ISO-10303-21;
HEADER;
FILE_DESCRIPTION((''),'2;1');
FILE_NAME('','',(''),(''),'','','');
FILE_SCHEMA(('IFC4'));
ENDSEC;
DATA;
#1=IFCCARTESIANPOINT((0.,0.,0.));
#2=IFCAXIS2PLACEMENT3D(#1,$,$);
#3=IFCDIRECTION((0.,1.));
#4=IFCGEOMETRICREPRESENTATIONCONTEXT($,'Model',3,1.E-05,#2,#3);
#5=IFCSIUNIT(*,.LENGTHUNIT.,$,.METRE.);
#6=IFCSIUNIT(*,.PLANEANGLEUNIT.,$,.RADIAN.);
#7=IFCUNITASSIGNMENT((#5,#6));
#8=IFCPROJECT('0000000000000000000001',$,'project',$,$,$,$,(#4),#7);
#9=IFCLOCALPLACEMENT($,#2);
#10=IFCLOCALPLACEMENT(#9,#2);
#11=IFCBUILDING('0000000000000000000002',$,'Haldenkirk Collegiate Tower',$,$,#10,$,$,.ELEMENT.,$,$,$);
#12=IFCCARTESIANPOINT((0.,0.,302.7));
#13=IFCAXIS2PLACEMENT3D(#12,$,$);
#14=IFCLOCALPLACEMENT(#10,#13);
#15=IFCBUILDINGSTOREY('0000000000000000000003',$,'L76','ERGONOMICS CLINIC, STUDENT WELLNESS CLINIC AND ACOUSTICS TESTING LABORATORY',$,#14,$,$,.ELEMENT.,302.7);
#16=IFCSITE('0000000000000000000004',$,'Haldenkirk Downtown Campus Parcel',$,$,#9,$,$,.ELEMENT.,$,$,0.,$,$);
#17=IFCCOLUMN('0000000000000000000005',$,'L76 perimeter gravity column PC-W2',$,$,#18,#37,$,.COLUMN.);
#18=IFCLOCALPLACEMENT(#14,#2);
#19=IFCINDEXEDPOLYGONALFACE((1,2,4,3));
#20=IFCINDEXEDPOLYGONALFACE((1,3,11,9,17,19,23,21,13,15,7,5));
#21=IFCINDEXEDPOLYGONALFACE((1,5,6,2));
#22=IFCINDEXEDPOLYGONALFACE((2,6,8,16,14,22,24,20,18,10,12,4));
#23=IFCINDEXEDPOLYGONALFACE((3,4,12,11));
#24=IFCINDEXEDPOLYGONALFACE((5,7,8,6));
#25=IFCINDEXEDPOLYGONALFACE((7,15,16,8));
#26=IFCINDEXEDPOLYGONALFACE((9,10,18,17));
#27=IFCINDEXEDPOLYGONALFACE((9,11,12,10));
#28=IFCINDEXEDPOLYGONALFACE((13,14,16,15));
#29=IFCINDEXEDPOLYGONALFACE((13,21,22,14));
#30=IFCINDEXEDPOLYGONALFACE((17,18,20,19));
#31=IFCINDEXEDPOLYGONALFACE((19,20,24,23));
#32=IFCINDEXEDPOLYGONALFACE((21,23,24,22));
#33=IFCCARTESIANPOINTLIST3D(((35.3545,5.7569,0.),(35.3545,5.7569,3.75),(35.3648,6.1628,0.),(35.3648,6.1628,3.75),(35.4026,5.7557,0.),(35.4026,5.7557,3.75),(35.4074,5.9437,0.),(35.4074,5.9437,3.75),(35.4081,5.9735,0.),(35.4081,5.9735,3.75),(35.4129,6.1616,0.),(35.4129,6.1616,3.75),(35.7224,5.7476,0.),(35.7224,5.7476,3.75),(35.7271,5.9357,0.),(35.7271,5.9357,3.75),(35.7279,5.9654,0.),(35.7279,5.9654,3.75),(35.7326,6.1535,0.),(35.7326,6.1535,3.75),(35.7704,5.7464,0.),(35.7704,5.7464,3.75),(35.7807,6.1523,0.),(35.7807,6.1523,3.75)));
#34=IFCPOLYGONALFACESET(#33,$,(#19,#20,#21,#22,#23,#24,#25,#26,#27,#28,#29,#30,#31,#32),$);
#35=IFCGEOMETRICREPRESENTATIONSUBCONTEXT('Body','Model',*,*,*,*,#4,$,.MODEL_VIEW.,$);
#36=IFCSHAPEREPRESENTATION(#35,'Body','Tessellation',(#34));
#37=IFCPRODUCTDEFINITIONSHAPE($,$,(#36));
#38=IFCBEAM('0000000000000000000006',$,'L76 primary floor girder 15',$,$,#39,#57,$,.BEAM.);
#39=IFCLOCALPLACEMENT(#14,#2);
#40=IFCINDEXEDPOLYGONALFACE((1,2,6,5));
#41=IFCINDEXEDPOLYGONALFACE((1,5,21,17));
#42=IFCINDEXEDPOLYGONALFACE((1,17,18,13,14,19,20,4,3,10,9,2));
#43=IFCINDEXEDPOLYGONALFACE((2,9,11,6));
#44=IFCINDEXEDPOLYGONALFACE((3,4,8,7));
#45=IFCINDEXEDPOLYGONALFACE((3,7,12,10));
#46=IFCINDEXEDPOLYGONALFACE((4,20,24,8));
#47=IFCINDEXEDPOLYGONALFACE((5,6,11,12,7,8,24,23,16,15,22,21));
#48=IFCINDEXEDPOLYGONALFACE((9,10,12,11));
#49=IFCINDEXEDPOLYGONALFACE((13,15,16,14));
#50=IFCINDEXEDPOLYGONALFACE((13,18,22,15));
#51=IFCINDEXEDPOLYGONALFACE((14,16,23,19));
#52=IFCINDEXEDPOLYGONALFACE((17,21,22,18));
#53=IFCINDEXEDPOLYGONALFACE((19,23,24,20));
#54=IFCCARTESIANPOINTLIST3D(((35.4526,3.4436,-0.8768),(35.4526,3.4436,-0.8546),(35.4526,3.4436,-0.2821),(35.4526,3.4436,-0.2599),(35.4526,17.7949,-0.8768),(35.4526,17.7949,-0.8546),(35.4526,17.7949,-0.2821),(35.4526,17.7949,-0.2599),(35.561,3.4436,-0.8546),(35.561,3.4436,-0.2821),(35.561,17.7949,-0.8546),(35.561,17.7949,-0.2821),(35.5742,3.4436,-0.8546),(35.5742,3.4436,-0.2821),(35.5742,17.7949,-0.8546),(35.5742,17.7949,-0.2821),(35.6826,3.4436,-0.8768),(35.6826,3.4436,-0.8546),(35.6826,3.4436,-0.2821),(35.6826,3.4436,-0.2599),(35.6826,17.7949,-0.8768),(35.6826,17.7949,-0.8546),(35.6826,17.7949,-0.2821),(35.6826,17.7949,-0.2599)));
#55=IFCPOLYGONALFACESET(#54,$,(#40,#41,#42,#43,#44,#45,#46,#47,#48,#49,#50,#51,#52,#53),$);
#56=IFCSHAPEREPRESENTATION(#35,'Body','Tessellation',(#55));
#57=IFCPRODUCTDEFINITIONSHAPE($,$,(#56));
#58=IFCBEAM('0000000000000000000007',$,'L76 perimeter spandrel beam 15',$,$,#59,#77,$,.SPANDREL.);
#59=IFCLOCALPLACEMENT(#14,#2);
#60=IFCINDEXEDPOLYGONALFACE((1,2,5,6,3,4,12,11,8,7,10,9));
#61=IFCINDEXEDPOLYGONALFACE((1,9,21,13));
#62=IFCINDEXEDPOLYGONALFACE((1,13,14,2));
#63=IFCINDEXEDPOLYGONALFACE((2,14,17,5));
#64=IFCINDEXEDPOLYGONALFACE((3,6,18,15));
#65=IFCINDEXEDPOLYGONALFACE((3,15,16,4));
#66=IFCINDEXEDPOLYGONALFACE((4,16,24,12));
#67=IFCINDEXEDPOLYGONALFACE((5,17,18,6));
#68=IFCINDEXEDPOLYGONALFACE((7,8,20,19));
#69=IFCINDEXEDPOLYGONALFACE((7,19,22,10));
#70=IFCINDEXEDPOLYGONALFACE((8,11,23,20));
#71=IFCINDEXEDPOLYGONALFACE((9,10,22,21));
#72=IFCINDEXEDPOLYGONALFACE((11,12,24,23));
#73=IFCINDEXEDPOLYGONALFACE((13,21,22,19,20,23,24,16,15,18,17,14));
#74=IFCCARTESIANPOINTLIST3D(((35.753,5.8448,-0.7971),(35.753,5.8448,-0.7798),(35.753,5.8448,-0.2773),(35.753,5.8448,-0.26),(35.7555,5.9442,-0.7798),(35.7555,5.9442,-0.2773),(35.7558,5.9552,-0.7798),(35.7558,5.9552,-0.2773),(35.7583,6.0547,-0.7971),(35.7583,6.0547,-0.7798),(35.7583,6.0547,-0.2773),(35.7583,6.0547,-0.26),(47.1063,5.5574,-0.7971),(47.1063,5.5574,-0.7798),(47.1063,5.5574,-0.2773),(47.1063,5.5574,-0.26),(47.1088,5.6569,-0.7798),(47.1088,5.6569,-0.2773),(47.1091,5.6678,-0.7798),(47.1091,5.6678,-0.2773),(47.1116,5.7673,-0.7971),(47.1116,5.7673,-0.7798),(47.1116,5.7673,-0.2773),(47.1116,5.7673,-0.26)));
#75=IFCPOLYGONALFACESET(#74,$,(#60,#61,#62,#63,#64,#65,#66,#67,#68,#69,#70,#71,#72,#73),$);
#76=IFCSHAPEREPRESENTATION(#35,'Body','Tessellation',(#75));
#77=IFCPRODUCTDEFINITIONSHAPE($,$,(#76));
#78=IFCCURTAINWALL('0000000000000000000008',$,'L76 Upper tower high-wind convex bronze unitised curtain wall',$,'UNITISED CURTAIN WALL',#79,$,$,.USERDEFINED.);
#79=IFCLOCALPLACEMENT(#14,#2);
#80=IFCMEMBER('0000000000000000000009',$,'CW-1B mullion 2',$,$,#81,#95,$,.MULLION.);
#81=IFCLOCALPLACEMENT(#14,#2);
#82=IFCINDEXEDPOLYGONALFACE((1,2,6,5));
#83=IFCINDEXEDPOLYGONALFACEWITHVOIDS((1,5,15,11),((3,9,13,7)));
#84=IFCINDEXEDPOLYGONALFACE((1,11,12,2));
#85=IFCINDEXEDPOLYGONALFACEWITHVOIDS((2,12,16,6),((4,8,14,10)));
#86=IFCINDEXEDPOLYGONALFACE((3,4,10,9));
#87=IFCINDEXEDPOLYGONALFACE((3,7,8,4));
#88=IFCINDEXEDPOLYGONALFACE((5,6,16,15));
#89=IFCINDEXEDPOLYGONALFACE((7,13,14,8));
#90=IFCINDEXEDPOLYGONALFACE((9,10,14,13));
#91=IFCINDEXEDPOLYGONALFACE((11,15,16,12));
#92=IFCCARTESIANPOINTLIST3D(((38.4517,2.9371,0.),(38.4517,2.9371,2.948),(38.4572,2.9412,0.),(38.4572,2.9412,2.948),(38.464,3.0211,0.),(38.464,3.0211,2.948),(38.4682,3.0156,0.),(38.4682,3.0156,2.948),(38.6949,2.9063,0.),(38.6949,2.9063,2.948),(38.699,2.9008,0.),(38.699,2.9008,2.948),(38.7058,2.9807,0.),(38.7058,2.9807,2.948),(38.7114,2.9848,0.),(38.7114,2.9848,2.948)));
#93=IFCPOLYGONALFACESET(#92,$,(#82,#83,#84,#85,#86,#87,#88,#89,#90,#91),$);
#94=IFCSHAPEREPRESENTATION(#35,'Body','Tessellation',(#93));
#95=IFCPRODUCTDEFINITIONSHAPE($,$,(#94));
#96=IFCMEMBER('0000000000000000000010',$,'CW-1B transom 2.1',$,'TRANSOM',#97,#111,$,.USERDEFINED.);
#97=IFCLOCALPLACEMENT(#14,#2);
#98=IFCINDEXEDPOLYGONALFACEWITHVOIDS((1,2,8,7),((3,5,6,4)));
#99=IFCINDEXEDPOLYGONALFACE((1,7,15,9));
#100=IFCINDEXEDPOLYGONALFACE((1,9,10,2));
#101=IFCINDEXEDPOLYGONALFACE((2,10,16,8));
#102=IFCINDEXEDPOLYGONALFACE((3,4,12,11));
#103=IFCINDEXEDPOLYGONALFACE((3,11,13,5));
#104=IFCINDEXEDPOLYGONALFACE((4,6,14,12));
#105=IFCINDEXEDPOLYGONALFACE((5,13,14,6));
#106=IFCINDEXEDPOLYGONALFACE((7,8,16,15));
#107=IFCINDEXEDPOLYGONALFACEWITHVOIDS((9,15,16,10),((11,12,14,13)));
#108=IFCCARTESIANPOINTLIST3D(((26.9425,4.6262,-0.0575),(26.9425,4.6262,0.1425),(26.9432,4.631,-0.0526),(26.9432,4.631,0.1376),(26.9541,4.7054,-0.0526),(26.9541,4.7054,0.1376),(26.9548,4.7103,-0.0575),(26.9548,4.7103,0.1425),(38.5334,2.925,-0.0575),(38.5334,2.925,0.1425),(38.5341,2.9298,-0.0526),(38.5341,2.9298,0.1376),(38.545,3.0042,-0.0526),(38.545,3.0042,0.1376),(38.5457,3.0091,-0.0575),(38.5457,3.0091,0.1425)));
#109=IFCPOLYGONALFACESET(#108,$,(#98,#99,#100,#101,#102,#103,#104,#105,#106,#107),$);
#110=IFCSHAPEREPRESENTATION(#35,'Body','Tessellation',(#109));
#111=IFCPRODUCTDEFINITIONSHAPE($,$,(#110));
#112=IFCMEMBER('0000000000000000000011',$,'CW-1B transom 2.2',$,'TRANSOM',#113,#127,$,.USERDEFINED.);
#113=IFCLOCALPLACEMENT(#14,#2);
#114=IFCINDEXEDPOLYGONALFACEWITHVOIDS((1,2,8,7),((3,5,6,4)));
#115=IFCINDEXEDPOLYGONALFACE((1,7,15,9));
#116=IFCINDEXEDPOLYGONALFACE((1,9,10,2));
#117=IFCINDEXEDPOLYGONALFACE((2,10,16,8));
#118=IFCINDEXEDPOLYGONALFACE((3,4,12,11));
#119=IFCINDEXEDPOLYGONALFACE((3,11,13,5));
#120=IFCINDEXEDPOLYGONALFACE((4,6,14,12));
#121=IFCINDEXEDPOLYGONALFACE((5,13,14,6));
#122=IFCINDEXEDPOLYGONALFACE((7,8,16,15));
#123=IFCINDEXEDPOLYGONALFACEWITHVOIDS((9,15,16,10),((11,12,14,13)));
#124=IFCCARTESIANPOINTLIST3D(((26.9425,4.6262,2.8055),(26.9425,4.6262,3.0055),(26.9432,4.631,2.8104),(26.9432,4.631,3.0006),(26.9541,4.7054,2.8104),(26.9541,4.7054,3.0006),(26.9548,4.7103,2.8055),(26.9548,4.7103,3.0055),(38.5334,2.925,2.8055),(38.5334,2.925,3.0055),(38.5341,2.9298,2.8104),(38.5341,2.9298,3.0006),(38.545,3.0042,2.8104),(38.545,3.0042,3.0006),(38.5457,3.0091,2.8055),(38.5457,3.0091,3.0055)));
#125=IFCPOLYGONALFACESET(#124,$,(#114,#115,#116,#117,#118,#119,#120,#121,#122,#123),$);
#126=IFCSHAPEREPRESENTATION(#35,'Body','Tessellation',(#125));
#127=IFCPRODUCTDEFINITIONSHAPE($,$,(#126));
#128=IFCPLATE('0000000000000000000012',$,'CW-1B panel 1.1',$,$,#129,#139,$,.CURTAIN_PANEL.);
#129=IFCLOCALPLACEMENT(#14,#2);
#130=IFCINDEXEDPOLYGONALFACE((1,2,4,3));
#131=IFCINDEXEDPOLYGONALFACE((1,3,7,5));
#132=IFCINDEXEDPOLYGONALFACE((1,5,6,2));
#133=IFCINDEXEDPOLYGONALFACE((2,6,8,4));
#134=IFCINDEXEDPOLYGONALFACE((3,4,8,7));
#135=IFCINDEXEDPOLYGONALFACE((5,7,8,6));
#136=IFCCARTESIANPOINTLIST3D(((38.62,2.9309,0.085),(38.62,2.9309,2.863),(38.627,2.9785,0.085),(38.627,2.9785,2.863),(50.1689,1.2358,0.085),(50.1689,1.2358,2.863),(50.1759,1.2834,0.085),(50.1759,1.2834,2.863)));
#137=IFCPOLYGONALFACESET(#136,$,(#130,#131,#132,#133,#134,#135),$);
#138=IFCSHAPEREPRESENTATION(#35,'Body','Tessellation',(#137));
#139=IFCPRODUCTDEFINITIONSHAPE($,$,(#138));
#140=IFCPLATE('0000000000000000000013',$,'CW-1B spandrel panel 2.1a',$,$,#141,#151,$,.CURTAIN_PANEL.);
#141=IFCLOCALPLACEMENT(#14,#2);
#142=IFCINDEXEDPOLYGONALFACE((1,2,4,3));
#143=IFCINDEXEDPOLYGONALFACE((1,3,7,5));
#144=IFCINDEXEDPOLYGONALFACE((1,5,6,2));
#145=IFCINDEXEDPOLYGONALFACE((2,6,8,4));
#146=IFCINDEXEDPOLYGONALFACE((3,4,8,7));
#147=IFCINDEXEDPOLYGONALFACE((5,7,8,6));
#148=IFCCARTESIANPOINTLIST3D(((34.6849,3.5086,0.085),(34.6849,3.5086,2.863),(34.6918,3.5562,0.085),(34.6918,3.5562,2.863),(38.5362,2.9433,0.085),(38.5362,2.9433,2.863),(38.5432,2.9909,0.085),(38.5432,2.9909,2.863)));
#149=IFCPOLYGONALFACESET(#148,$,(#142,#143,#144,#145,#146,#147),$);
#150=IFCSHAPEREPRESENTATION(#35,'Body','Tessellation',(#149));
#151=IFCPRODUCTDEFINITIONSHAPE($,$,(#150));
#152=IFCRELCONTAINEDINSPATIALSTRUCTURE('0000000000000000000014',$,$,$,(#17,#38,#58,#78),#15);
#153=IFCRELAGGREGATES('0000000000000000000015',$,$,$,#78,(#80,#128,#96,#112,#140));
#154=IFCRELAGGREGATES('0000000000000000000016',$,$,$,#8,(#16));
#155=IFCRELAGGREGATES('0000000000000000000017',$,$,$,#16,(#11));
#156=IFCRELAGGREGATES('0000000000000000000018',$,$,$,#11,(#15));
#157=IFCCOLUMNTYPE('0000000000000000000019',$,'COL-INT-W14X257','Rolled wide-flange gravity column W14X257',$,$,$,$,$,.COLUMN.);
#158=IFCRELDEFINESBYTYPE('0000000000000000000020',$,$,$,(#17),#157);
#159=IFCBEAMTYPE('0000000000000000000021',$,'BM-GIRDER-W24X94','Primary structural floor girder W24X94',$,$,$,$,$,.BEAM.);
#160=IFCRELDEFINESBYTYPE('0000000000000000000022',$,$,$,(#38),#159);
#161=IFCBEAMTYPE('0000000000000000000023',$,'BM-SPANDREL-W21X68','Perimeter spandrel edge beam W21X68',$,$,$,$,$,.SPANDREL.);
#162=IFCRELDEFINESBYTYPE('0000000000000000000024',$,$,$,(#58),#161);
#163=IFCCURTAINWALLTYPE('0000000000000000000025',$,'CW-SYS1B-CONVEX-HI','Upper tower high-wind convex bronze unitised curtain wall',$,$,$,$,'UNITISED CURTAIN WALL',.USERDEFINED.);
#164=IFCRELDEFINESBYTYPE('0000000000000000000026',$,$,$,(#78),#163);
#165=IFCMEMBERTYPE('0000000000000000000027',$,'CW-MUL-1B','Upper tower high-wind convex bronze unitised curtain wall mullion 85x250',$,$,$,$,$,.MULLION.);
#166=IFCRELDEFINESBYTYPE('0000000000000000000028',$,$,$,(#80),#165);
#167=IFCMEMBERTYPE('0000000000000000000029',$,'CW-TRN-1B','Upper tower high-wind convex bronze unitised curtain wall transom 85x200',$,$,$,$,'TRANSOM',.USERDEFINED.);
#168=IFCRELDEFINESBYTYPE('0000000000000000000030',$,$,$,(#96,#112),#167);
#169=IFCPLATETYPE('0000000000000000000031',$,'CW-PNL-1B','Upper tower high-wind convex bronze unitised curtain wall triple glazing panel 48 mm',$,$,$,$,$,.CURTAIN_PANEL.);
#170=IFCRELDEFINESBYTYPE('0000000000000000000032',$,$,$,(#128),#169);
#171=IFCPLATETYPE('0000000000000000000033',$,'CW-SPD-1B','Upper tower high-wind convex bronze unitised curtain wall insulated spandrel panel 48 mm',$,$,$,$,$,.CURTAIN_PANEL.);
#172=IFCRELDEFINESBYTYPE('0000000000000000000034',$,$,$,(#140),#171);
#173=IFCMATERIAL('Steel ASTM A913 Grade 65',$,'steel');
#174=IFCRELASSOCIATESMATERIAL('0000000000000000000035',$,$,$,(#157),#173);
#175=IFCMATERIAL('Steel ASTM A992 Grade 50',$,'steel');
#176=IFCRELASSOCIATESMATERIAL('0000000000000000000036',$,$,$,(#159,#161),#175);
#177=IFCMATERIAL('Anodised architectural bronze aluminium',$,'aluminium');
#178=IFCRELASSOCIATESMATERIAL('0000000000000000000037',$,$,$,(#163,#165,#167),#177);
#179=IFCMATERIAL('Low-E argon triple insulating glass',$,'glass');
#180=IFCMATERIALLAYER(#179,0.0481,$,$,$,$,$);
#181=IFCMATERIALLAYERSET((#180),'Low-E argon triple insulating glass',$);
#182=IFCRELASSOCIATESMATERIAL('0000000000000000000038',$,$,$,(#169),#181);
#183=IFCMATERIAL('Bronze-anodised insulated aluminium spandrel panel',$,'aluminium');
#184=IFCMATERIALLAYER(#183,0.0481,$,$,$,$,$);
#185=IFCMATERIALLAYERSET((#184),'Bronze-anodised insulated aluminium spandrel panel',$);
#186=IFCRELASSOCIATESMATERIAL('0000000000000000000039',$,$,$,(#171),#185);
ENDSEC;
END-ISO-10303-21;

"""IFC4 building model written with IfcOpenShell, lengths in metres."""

from ifc_helpers import new_model, si_unit, direction, frame, origin, origin_2d, place, context, subcontext, project, spatial, rectangle, hollow_rectangle, i_section, extrude, source, transform, mapped, material, layer, layer_set, material_profile, profile_set, type_object, element, aggregate, save


model = new_model("IFC4")

# Units and contexts
model_context = context("Model", 3, precision=1e-05, world=origin(), true_north=direction((0.0, 1.0)))
body_context = subcontext(model_context, "Body", "Model", "MODEL_VIEW")
ifc_project = project(units=[si_unit("LENGTHUNIT", "METRE"), si_unit("PLANEANGLEUNIT", "RADIAN")], contexts=[model_context])

# Site, building, storey
site_placement = place(None, origin())
site = spatial("IfcSite", under=ifc_project, at=site_placement, Name="Haldenkirk Downtown Campus Parcel", CompositionType="ELEMENT", RefElevation=0.0)
building_placement = place(site_placement, origin())
building = spatial("IfcBuilding", under=site, at=building_placement, Name="Haldenkirk Collegiate Tower", CompositionType="ELEMENT")
storey_placement = place(building_placement, frame((0.0, 0.0, 302.7)))
storey = spatial("IfcBuildingStorey", under=building, at=storey_placement, Name="L76", Description="ERGONOMICS CLINIC, STUDENT WELLNESS CLINIC AND ACOUSTICS TESTING LABORATORY", CompositionType="ELEMENT", Elevation=302.7)

# Column
ifc_material_1 = material(Name="Steel ASTM A913 Grade 65", Category="steel")
ifc_material_profile_1 = material_profile(ifc_material_1, i_section(OverallWidth=0.406, OverallDepth=0.416, WebThickness=0.0298, FlangeThickness=0.0481, at=origin_2d()), Name="W14X257")
ifc_profile_set_1 = profile_set([ifc_material_profile_1], Name="Steel ASTM A913 Grade 65")
column_type = type_object("IfcColumnType", Name="COL-INT-W14X257", Description="Rolled wide-flange gravity column W14X257", PredefinedType="COLUMN", material=ifc_profile_set_1)
column_placement = place(storey_placement, frame((35.5676, 5.9546, 0.0), z_axis=(0.0, 0.0, 1.0), x_axis=(0.025305, 0.99968, 0.0)))
element("IfcColumn", 1, at=column_placement, inside=storey, type_object=column_type, Name="L76 perimeter gravity column PC-W2", PredefinedType="COLUMN", context=body_context, shape_type="SweptSolid", body=[
    extrude(i_section(OverallWidth=0.406, OverallDepth=0.416, WebThickness=0.0298, FlangeThickness=0.0481, at=origin_2d()), origin(), (0.0, 0.0, 1.0), 3.75),
])

# Beams
ifc_material_2 = material(Name="Steel ASTM A992 Grade 50", Category="steel")
ifc_material_profile_2 = material_profile(ifc_material_2, i_section(OverallWidth=0.23, OverallDepth=0.6169, WebThickness=0.0132, FlangeThickness=0.0222, at=origin_2d()), Name="W24X94")
ifc_profile_set_2 = profile_set([ifc_material_profile_2], Name="Steel ASTM A992 Grade 50")
beam_type_1 = type_object("IfcBeamType", Name="BM-GIRDER-W24X94", Description="Primary structural floor girder W24X94", PredefinedType="BEAM", material=ifc_profile_set_2)
beam_1_placement = place(storey_placement, frame((35.5676, 3.4436, -0.5684), z_axis=(0.0, 1.0, 0.0), x_axis=(-1.0, 0.0, 0.0)))
element("IfcBeam", 2, at=beam_1_placement, inside=storey, type_object=beam_type_1, Name="L76 primary floor girder 15", PredefinedType="BEAM", context=body_context, shape_type="SweptSolid", body=[
    extrude(i_section(OverallWidth=0.23, OverallDepth=0.6169, WebThickness=0.0132, FlangeThickness=0.0222, at=origin_2d()), origin(), (0.0, 0.0, 1.0), 14.3513),
])
ifc_material_profile_3 = material_profile(ifc_material_2, i_section(OverallWidth=0.21, OverallDepth=0.5371, WebThickness=0.011, FlangeThickness=0.0173, at=origin_2d()), Name="W21X68")
ifc_profile_set_3 = profile_set([ifc_material_profile_3], Name="Steel ASTM A992 Grade 50")
beam_type_2 = type_object("IfcBeamType", Name="BM-SPANDREL-W21X68", Description="Perimeter spandrel edge beam W21X68", PredefinedType="SPANDREL", material=ifc_profile_set_3)
beam_2_placement = place(storey_placement, frame((35.7556, 5.9497, -0.5286), z_axis=(0.99968, -0.025302, 0.0), x_axis=(0.025302, 0.99968, 0.0)))
element("IfcBeam", 3, at=beam_2_placement, inside=storey, type_object=beam_type_2, Name="L76 perimeter spandrel beam 15", PredefinedType="SPANDREL", context=body_context, shape_type="SweptSolid", body=[
    extrude(i_section(OverallWidth=0.21, OverallDepth=0.5371, WebThickness=0.011, FlangeThickness=0.0173, at=origin_2d()), origin(), (0.0, 0.0, 1.0), 11.3569),
])

# Curtain wall, members, plates
ifc_material_3 = material(Name="Anodised architectural bronze aluminium", Category="aluminium")
curtain_wall_type = type_object("IfcCurtainWallType", Name="CW-SYS1B-CONVEX-HI", Description="Upper tower high-wind convex bronze unitised curtain wall", ElementType="UNITISED CURTAIN WALL", PredefinedType="USERDEFINED", material=ifc_material_3)
curtain_wall_placement = place(storey_placement, origin())
curtain_wall = element("IfcCurtainWall", 4, at=curtain_wall_placement, inside=storey, type_object=curtain_wall_type, Name="L76 Upper tower high-wind convex bronze unitised curtain wall", ObjectType="UNITISED CURTAIN WALL", PredefinedType="USERDEFINED")
ifc_material_profile_4 = material_profile(ifc_material_3, hollow_rectangle(XDim=0.085, YDim=0.25, WallThickness=0.0049, at=origin_2d()), Name="CW-MUL-1B")
ifc_profile_set_4 = profile_set([ifc_material_profile_4], Name="Anodised architectural bronze aluminium")
member_type_1 = type_object("IfcMemberType", Name="CW-MUL-1B", Description="Upper tower high-wind convex bronze unitised curtain wall mullion 85x250", PredefinedType="MULLION", material=ifc_profile_set_4)
member_1_placement = place(storey_placement, frame((38.5815, 2.9609, 0.0), z_axis=(0.0, 0.0, 1.0), x_axis=(-0.14522, -0.989399, 0.0)))
member_1 = element("IfcMember", 5, at=member_1_placement, type_object=member_type_1, Name="CW-1B mullion 2", PredefinedType="MULLION", context=body_context, shape_type="SweptSolid", body=[
    extrude(hollow_rectangle(XDim=0.085, YDim=0.25, WallThickness=0.0049, at=origin_2d()), origin(), (0.0, 0.0, 1.0), 2.948),
])
ifc_material_profile_5 = material_profile(ifc_material_3, hollow_rectangle(XDim=0.085, YDim=0.2, WallThickness=0.0049, at=origin_2d()), Name="CW-TRN-1B")
ifc_profile_set_5 = profile_set([ifc_material_profile_5], Name="Anodised architectural bronze aluminium")
member_type_2 = type_object("IfcMemberType", Name="CW-TRN-1B", Description="Upper tower high-wind convex bronze unitised curtain wall transom 85x200", ElementType="TRANSOM", PredefinedType="USERDEFINED", material=ifc_profile_set_5)
member_2_placement = place(storey_placement, frame((38.5396, 2.967, 0.0425), z_axis=(-0.9894, 0.145213, 0.0), x_axis=(-0.145213, -0.9894, 0.0)))
member_2 = element("IfcMember", 6, at=member_2_placement, type_object=member_type_2, Name="CW-1B transom 2.1", ObjectType="TRANSOM", PredefinedType="USERDEFINED", context=body_context, shape_type="SweptSolid", body=[
    extrude(hollow_rectangle(XDim=0.085, YDim=0.2, WallThickness=0.0049, at=origin_2d()), origin(), (0.0, 0.0, 1.0), 11.7151),
])
member_3_placement = place(storey_placement, frame((38.5396, 2.967, 2.9055), z_axis=(-0.9894, 0.145213, 0.0), x_axis=(-0.145213, -0.9894, 0.0)))
member_3 = element("IfcMember", 7, at=member_3_placement, type_object=member_type_2, Name="CW-1B transom 2.2", ObjectType="TRANSOM", PredefinedType="USERDEFINED", context=body_context, shape_type="SweptSolid", body=[
    extrude(hollow_rectangle(XDim=0.085, YDim=0.2, WallThickness=0.0049, at=origin_2d()), origin(), (0.0, 0.0, 1.0), 11.7151),
])
ifc_material_4 = material(Name="Low-E argon triple insulating glass", Category="glass")
ifc_layer_1 = layer(ifc_material_4, 0.0481)
ifc_layer_set_1 = layer_set([ifc_layer_1], Name="Low-E argon triple insulating glass")
plate_type_1 = type_object("IfcPlateType", Name="CW-PNL-1B", Description="Upper tower high-wind convex bronze unitised curtain wall triple glazing panel 48 mm", PredefinedType="CURTAIN_PANEL", material=ifc_layer_set_1)
shared_shape_1 = source(origin(), body_context, "Body", "SweptSolid", [
    extrude(rectangle(XDim=11.6726, YDim=0.0481, at=origin_2d()), origin(), (0.0, 0.0, 1.0), 2.7781),
])
plate_1_placement = place(storey_placement, frame((44.3979, 2.1072, 0.085), z_axis=(0.0, 0.0, 1.0), x_axis=(-0.989399, 0.14522, 0.0)))
plate_1 = element("IfcPlate", 8, at=plate_1_placement, type_object=plate_type_1, Name="CW-1B panel 1.1", PredefinedType="CURTAIN_PANEL", context=body_context, shape_type="MappedRepresentation", body=[
    mapped(shared_shape_1, transform((0.0, 0.0, 0.0), x_axis=(1.0, 0.0, 0.0), y_axis=(0.0, 1.0, 0.0), z_axis=(0.0, 0.0, 1.0), scale=1.0)),
])
ifc_material_5 = material(Name="Bronze-anodised insulated aluminium spandrel panel", Category="aluminium")
ifc_layer_2 = layer(ifc_material_5, 0.0481)
ifc_layer_set_2 = layer_set([ifc_layer_2], Name="Bronze-anodised insulated aluminium spandrel panel")
plate_type_2 = type_object("IfcPlateType", Name="CW-SPD-1B", Description="Upper tower high-wind convex bronze unitised curtain wall insulated spandrel panel 48 mm", PredefinedType="CURTAIN_PANEL", material=ifc_layer_set_2)
shared_shape_2 = source(origin(), body_context, "Body", "SweptSolid", [
    extrude(rectangle(XDim=3.8926, YDim=0.0481, at=origin_2d()), origin(), (0.0, 0.0, 1.0), 2.7781),
])
plate_2_placement = place(storey_placement, frame((36.614, 3.2498, 0.085), z_axis=(0.0, 0.0, 1.0), x_axis=(-0.989399, 0.14522, 0.0)))
plate_2 = element("IfcPlate", 9, at=plate_2_placement, type_object=plate_type_2, Name="CW-1B spandrel panel 2.1a", PredefinedType="CURTAIN_PANEL", context=body_context, shape_type="MappedRepresentation", body=[
    mapped(shared_shape_2, transform((0.0, 0.0, 0.0), x_axis=(1.0, 0.0, 0.0), y_axis=(0.0, 1.0, 0.0), z_axis=(0.0, 0.0, 1.0), scale=1.0)),
])
aggregate(curtain_wall, [member_1, plate_1, member_2, member_3, plate_2])

save(model, "model.ifc")
